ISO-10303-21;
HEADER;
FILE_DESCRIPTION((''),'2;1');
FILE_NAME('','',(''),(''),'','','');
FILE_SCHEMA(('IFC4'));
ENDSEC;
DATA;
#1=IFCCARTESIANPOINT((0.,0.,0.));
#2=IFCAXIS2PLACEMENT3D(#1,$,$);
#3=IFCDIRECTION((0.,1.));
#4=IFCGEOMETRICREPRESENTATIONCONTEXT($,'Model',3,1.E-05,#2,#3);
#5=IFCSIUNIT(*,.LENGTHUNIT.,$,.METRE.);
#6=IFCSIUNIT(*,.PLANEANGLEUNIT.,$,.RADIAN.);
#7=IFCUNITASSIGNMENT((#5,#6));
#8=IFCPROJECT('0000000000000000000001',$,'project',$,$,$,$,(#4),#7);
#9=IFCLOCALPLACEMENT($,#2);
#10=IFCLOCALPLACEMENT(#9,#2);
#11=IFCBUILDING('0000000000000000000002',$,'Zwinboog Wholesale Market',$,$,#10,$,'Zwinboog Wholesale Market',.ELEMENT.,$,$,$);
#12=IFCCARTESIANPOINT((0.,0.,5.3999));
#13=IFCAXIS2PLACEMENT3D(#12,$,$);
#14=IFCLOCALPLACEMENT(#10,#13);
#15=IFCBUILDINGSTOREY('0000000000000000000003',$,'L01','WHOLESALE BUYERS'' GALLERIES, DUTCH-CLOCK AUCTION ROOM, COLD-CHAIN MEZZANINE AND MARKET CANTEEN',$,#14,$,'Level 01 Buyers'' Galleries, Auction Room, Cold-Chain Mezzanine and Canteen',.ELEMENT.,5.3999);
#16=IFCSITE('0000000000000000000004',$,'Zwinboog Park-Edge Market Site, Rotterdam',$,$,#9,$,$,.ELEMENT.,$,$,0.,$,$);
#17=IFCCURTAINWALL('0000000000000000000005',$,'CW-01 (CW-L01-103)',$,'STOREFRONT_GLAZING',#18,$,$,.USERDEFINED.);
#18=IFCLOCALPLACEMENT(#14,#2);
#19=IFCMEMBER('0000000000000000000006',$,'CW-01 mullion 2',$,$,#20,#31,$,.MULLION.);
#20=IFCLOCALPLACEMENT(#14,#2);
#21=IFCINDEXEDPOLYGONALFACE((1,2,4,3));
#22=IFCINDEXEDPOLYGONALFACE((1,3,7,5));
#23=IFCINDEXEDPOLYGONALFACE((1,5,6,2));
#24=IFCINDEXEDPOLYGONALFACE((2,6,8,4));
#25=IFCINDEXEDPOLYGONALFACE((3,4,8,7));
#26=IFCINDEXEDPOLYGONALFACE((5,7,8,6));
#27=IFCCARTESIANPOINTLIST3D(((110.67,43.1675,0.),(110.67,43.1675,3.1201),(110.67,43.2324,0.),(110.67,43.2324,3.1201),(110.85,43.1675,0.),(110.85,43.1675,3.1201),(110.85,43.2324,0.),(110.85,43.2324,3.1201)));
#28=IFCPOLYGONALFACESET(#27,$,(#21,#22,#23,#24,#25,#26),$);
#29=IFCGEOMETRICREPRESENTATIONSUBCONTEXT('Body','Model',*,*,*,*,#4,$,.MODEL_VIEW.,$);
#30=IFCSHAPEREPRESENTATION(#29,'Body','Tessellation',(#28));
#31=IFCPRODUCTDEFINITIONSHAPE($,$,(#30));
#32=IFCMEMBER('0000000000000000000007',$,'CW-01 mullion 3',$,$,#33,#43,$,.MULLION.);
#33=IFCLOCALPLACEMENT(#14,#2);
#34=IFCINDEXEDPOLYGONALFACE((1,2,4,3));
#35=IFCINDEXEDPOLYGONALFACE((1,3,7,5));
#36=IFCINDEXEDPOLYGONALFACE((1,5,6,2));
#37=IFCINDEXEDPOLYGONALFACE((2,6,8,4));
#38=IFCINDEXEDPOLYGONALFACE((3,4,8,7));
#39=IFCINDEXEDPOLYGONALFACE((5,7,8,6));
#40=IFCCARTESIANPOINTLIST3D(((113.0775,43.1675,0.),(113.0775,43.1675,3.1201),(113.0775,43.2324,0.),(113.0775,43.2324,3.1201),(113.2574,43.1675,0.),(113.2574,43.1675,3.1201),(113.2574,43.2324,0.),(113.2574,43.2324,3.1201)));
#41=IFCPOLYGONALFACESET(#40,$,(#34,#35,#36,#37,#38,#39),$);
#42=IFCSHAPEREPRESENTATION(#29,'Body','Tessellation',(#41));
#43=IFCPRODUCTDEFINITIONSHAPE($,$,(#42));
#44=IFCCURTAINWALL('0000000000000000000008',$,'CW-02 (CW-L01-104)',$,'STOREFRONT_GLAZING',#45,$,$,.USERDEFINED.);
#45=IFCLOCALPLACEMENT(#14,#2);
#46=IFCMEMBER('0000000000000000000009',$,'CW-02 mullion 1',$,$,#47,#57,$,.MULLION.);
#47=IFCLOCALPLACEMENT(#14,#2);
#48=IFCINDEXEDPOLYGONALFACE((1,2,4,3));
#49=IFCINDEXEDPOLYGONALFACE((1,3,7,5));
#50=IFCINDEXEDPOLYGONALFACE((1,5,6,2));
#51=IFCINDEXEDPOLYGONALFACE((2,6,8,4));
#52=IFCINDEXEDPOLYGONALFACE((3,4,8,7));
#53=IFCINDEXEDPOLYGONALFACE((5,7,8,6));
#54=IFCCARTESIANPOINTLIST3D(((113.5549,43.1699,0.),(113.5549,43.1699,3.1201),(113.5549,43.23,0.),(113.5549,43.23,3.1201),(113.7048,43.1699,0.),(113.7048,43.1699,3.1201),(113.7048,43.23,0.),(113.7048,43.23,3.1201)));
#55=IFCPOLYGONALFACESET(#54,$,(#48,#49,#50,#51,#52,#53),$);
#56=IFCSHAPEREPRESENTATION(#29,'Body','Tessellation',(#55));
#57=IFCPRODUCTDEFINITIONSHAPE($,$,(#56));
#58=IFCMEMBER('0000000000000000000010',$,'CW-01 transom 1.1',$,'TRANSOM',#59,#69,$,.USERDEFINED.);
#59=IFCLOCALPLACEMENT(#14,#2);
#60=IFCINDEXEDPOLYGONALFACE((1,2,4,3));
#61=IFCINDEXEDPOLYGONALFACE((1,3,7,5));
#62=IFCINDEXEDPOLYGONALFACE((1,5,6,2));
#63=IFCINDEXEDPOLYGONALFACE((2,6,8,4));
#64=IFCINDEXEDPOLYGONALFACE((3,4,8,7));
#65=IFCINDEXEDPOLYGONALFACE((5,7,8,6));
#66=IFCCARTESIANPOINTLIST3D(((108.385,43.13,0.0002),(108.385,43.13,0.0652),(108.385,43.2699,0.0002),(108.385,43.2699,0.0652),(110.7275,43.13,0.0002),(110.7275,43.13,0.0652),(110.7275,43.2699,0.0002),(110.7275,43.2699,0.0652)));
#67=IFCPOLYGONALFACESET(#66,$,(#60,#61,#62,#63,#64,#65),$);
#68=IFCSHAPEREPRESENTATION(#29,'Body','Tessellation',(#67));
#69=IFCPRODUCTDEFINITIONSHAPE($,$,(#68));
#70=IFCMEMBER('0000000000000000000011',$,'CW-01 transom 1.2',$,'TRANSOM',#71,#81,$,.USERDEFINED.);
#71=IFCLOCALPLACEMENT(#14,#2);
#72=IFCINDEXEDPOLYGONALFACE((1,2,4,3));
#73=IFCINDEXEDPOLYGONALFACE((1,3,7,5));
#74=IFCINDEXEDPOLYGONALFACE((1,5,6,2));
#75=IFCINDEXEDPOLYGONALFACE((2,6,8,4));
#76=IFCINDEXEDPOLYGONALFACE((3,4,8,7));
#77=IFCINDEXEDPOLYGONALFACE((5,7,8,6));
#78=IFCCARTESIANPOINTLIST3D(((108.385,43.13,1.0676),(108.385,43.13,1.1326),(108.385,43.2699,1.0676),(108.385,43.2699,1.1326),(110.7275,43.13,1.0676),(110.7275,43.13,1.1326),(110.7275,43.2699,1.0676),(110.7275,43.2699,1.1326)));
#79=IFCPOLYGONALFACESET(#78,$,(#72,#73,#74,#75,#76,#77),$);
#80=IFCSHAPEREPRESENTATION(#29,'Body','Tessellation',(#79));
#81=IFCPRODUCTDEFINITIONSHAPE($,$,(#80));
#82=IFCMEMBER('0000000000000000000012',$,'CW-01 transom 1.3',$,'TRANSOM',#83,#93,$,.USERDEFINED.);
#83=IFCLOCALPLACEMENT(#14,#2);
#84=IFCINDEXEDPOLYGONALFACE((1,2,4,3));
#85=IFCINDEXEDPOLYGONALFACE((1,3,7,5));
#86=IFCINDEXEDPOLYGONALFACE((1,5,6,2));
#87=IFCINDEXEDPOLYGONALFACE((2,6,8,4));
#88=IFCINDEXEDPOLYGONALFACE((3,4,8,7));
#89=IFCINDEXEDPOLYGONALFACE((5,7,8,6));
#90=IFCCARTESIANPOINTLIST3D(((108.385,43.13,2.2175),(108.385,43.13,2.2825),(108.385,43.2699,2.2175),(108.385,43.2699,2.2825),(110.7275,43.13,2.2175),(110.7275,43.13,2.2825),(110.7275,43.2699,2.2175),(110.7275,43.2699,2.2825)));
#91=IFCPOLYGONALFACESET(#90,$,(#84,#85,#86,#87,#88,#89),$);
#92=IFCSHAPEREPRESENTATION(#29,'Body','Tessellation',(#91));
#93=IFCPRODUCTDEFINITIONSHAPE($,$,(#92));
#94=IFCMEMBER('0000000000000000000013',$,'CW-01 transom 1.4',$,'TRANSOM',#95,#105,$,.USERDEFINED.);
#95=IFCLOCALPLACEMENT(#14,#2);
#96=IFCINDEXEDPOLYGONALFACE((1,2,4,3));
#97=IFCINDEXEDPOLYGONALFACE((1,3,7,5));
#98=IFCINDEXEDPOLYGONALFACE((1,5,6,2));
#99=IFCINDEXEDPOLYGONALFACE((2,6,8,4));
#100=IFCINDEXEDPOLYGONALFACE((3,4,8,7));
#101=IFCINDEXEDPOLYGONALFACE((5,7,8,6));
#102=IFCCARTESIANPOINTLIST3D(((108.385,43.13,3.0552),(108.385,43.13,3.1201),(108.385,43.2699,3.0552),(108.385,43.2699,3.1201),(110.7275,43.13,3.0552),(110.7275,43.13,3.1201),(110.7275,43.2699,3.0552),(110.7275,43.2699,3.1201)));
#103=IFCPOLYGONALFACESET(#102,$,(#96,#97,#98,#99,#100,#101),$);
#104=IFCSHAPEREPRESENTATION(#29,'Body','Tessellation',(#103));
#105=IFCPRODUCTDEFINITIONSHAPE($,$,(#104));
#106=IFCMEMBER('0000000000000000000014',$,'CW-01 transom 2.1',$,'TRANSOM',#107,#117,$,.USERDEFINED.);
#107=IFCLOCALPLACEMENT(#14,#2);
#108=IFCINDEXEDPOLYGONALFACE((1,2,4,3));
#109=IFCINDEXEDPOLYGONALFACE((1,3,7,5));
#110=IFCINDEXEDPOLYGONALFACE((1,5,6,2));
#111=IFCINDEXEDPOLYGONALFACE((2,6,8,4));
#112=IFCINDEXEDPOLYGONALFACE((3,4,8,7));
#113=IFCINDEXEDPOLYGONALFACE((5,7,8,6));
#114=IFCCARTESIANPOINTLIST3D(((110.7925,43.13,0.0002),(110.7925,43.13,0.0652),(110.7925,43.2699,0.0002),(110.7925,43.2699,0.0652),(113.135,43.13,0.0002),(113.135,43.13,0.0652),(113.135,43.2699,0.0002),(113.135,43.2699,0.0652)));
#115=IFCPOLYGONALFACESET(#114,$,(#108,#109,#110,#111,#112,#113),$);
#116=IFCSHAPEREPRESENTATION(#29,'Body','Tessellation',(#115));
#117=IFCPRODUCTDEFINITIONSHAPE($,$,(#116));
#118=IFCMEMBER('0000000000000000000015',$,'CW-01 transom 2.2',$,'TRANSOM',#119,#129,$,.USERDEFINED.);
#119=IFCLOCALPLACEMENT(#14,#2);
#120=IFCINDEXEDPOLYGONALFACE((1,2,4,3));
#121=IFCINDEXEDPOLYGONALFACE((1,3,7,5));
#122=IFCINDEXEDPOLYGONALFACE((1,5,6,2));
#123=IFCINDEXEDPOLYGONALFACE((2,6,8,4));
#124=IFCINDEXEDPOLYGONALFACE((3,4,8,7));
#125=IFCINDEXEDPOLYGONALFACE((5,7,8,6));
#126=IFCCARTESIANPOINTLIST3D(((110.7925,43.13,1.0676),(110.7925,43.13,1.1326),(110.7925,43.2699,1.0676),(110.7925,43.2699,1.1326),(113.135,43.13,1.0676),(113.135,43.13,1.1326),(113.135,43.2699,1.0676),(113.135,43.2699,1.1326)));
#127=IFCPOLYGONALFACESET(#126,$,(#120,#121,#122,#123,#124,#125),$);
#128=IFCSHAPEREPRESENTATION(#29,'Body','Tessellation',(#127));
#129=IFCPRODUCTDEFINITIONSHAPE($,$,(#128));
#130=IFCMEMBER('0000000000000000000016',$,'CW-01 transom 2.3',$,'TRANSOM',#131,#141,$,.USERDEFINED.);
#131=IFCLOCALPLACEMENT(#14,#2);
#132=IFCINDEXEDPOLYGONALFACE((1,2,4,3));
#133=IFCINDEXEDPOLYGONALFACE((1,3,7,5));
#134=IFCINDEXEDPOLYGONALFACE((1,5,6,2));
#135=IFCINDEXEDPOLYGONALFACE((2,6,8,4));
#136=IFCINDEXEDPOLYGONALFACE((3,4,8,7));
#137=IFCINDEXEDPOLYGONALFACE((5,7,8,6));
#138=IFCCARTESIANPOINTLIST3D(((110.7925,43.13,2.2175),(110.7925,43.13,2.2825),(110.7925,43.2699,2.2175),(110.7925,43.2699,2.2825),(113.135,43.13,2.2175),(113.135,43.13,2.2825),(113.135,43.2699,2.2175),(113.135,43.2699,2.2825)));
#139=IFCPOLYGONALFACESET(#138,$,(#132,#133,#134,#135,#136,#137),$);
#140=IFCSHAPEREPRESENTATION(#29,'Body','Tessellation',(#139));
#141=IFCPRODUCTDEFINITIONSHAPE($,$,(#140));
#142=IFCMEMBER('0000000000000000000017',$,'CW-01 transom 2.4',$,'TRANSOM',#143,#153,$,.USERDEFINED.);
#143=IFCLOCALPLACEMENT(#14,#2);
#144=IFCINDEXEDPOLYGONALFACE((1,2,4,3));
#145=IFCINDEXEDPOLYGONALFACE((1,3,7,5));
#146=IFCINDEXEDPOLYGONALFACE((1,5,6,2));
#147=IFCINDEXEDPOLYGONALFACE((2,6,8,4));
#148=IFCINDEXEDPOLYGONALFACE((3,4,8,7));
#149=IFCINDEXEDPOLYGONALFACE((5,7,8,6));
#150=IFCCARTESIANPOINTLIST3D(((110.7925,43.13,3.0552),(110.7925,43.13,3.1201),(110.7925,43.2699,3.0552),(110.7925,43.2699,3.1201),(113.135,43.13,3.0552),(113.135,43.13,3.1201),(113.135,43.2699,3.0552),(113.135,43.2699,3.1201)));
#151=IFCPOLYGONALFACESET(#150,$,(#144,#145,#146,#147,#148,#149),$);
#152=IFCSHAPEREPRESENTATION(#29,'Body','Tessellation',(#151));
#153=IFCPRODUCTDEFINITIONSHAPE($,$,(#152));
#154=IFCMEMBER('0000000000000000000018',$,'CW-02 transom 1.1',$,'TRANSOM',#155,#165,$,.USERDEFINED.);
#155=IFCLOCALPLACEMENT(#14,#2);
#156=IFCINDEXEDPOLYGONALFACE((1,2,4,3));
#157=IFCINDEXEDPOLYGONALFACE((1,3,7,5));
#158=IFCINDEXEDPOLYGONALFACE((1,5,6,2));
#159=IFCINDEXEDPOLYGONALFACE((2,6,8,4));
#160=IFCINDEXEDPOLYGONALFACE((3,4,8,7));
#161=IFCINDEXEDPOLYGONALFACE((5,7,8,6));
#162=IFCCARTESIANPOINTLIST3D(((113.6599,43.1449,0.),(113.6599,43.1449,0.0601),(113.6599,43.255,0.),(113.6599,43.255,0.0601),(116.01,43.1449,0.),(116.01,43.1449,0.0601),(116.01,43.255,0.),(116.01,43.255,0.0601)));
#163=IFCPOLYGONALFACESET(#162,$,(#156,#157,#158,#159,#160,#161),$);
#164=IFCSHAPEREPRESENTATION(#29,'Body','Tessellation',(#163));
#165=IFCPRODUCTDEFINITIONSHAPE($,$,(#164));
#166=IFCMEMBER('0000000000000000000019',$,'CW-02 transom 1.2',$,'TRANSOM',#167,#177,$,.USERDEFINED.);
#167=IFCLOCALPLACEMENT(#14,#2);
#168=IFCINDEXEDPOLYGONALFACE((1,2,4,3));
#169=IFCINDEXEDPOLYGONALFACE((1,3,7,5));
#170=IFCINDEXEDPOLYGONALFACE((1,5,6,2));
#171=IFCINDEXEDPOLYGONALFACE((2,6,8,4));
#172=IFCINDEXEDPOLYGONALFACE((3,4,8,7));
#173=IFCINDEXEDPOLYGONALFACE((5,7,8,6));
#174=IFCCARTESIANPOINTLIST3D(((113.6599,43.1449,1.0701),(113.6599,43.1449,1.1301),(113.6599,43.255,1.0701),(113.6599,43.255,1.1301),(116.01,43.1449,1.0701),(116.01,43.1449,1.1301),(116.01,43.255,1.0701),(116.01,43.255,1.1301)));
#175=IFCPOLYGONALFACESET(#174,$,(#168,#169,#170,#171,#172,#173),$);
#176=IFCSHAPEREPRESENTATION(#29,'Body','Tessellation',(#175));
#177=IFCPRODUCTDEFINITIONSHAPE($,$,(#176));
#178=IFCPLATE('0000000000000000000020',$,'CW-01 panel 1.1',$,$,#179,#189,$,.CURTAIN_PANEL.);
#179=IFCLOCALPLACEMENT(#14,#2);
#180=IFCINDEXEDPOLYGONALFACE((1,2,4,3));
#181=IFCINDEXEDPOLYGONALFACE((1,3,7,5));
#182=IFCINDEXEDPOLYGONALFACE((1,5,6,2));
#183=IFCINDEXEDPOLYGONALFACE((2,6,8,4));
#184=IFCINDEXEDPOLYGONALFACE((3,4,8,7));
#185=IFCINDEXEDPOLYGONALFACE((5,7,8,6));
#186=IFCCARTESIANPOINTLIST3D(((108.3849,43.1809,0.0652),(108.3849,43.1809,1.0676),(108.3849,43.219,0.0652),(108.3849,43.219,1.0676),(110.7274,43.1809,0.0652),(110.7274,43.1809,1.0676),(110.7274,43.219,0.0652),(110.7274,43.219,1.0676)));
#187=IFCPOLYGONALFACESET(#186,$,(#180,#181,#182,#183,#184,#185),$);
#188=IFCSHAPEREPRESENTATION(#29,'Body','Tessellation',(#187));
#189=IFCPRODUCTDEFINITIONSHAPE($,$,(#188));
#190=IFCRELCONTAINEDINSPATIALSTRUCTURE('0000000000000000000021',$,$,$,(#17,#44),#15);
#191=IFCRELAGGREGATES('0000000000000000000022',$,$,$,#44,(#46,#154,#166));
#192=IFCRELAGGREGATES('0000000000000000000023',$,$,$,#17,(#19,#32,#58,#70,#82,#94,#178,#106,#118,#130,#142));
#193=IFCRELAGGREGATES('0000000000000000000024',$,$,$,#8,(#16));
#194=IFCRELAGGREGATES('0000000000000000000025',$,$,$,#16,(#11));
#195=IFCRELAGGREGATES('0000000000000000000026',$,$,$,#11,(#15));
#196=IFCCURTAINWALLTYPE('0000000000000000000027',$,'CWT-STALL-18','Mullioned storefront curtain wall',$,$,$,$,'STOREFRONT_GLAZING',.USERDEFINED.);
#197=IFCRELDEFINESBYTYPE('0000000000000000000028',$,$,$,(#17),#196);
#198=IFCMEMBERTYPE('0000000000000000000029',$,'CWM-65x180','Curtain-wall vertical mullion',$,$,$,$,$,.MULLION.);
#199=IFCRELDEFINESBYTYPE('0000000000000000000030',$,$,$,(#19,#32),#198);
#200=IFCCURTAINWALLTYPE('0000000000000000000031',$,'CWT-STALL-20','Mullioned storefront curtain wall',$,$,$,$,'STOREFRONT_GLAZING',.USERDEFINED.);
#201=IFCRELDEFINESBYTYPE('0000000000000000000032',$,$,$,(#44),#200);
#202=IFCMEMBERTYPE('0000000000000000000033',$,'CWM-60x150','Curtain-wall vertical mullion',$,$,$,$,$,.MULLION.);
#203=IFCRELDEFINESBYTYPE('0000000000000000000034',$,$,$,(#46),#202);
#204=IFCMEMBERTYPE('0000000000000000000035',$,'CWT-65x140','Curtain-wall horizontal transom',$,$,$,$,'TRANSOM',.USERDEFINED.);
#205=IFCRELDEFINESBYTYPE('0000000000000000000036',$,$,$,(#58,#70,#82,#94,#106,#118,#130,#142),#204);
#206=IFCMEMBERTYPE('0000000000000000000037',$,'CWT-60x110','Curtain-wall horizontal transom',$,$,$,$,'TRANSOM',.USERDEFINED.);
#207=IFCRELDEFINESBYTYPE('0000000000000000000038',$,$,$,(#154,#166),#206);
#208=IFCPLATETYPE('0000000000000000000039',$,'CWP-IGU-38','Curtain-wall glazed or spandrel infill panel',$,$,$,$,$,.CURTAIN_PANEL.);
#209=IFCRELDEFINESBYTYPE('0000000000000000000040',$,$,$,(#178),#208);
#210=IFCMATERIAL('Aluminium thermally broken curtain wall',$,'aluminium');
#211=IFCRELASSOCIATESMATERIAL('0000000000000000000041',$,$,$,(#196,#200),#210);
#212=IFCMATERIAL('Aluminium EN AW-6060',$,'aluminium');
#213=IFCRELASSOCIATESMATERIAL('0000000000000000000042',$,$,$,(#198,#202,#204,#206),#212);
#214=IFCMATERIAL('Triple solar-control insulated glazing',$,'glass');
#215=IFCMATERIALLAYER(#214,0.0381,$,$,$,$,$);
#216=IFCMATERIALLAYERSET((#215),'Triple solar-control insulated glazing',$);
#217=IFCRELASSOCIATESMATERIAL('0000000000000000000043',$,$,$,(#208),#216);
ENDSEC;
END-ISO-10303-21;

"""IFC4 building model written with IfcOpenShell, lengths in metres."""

from ifc_helpers import new_model, si_unit, direction, frame, origin, origin_2d, place, context, subcontext, project, spatial, rectangle, extrude, material, layer, layer_set, material_profile, profile_set, type_object, element, aggregate, save


model = new_model("IFC4")

# Units and contexts
model_context = context("Model", 3, precision=1e-05, world=origin(), true_north=direction((0.0, 1.0)))
body_context = subcontext(model_context, "Body", "Model", "MODEL_VIEW")
ifc_project = project(units=[si_unit("LENGTHUNIT", "METRE"), si_unit("PLANEANGLEUNIT", "RADIAN")], contexts=[model_context])

# Site, building, storey
site_placement = place(None, origin())
site = spatial("IfcSite", under=ifc_project, at=site_placement, Name="Zwinboog Park-Edge Market Site, Rotterdam", CompositionType="ELEMENT", RefElevation=0.0)
building_placement = place(site_placement, origin())
building = spatial("IfcBuilding", under=site, at=building_placement, Name="Zwinboog Wholesale Market", LongName="Zwinboog Wholesale Market", CompositionType="ELEMENT")
storey_placement = place(building_placement, frame((0.0, 0.0, 5.3999)))
storey = spatial("IfcBuildingStorey", under=building, at=storey_placement, Name="L01", Description="WHOLESALE BUYERS' GALLERIES, DUTCH-CLOCK AUCTION ROOM, COLD-CHAIN MEZZANINE AND MARKET CANTEEN", LongName="Level 01 Buyers' Galleries, Auction Room, Cold-Chain Mezzanine and Canteen", CompositionType="ELEMENT", Elevation=5.3999)

# Curtain wall, members
ifc_material_1 = material(Name="Aluminium thermally broken curtain wall", Category="aluminium")
curtain_wall_type_1 = type_object("IfcCurtainWallType", Name="CWT-STALL-18", Description="Mullioned storefront curtain wall", ElementType="STOREFRONT_GLAZING", PredefinedType="USERDEFINED", material=ifc_material_1)
curtain_wall_1_placement = place(storey_placement, origin())
curtain_wall_1 = element("IfcCurtainWall", 1, at=curtain_wall_1_placement, inside=storey, type_object=curtain_wall_type_1, Name="CW-01 (CW-L01-103)", ObjectType="STOREFRONT_GLAZING", PredefinedType="USERDEFINED")
ifc_material_2 = material(Name="Aluminium EN AW-6060", Category="aluminium")
ifc_material_profile_1 = material_profile(ifc_material_2, rectangle(XDim=0.0649, YDim=0.1799, at=origin_2d()), Name="AL 65x180")
ifc_profile_set_1 = profile_set([ifc_material_profile_1], Name="Aluminium EN AW-6060")
member_type_1 = type_object("IfcMemberType", Name="CWM-65x180", Description="Curtain-wall vertical mullion", PredefinedType="MULLION", material=ifc_profile_set_1)
member_1_placement = place(storey_placement, frame((110.76, 43.2, 0.0), z_axis=(0.0, 0.0, 1.0), x_axis=(0.0, 1.0, 0.0)))
member_1 = element("IfcMember", 2, at=member_1_placement, type_object=member_type_1, Name="CW-01 mullion 2", PredefinedType="MULLION", context=body_context, shape_type="SweptSolid", body=[
    extrude(rectangle(XDim=0.0649, YDim=0.1799, at=origin_2d()), origin(), (0.0, 0.0, 1.0), 3.1201),
])
member_2_placement = place(storey_placement, frame((113.1675, 43.2, 0.0), z_axis=(0.0, 0.0, 1.0), x_axis=(0.0, 1.0, 0.0)))
member_2 = element("IfcMember", 3, at=member_2_placement, type_object=member_type_1, Name="CW-01 mullion 3", PredefinedType="MULLION", context=body_context, shape_type="SweptSolid", body=[
    extrude(rectangle(XDim=0.0649, YDim=0.1799, at=origin_2d()), origin(), (0.0, 0.0, 1.0), 3.1201),
])

# Curtain wall, member
curtain_wall_type_2 = type_object("IfcCurtainWallType", Name="CWT-STALL-20", Description="Mullioned storefront curtain wall", ElementType="STOREFRONT_GLAZING", PredefinedType="USERDEFINED", material=ifc_material_1)
curtain_wall_2_placement = place(storey_placement, origin())
curtain_wall_2 = element("IfcCurtainWall", 4, at=curtain_wall_2_placement, inside=storey, type_object=curtain_wall_type_2, Name="CW-02 (CW-L01-104)", ObjectType="STOREFRONT_GLAZING", PredefinedType="USERDEFINED")
ifc_material_profile_2 = material_profile(ifc_material_2, rectangle(XDim=0.0601, YDim=0.1499, at=origin_2d()), Name="AL 60x150")
ifc_profile_set_2 = profile_set([ifc_material_profile_2], Name="Aluminium EN AW-6060")
member_type_2 = type_object("IfcMemberType", Name="CWM-60x150", Description="Curtain-wall vertical mullion", PredefinedType="MULLION", material=ifc_profile_set_2)
member_3_placement = place(storey_placement, frame((113.6299, 43.2, 0.0), z_axis=(0.0, 0.0, 1.0), x_axis=(0.0, 1.0, 0.0)))
member_3 = element("IfcMember", 5, at=member_3_placement, type_object=member_type_2, Name="CW-02 mullion 1", PredefinedType="MULLION", context=body_context, shape_type="SweptSolid", body=[
    extrude(rectangle(XDim=0.0601, YDim=0.1499, at=origin_2d()), origin(), (0.0, 0.0, 1.0), 3.1201),
])

# Members
ifc_material_profile_3 = material_profile(ifc_material_2, rectangle(XDim=0.1399, YDim=0.0649, at=origin_2d()), Name="AL 65x140")
ifc_profile_set_3 = profile_set([ifc_material_profile_3], Name="Aluminium EN AW-6060")
member_type_3 = type_object("IfcMemberType", Name="CWT-65x140", Description="Curtain-wall horizontal transom", ElementType="TRANSOM", PredefinedType="USERDEFINED", material=ifc_profile_set_3)
member_4_placement = place(storey_placement, frame((108.385, 43.2, 0.0327), z_axis=(1.0, 0.0, 0.0), x_axis=(0.0, 1.0, 0.0)))
member_4 = element("IfcMember", 6, at=member_4_placement, type_object=member_type_3, Name="CW-01 transom 1.1", ObjectType="TRANSOM", PredefinedType="USERDEFINED", context=body_context, shape_type="SweptSolid", body=[
    extrude(rectangle(XDim=0.1399, YDim=0.0649, at=origin_2d()), origin(), (0.0, 0.0, 1.0), 2.3425),
])
member_5_placement = place(storey_placement, frame((108.385, 43.2, 1.1001), z_axis=(1.0, 0.0, 0.0), x_axis=(0.0, 1.0, 0.0)))
member_5 = element("IfcMember", 7, at=member_5_placement, type_object=member_type_3, Name="CW-01 transom 1.2", ObjectType="TRANSOM", PredefinedType="USERDEFINED", context=body_context, shape_type="SweptSolid", body=[
    extrude(rectangle(XDim=0.1399, YDim=0.0649, at=origin_2d()), origin(), (0.0, 0.0, 1.0), 2.3425),
])
member_6_placement = place(storey_placement, frame((108.385, 43.2, 2.25), z_axis=(1.0, 0.0, 0.0), x_axis=(0.0, 1.0, 0.0)))
member_6 = element("IfcMember", 8, at=member_6_placement, type_object=member_type_3, Name="CW-01 transom 1.3", ObjectType="TRANSOM", PredefinedType="USERDEFINED", context=body_context, shape_type="SweptSolid", body=[
    extrude(rectangle(XDim=0.1399, YDim=0.0649, at=origin_2d()), origin(), (0.0, 0.0, 1.0), 2.3425),
])
member_7_placement = place(storey_placement, frame((108.385, 43.2, 3.0876), z_axis=(1.0, 0.0, 0.0), x_axis=(0.0, 1.0, 0.0)))
member_7 = element("IfcMember", 9, at=member_7_placement, type_object=member_type_3, Name="CW-01 transom 1.4", ObjectType="TRANSOM", PredefinedType="USERDEFINED", context=body_context, shape_type="SweptSolid", body=[
    extrude(rectangle(XDim=0.1399, YDim=0.0649, at=origin_2d()), origin(), (0.0, 0.0, 1.0), 2.3425),
])
member_8_placement = place(storey_placement, frame((110.7925, 43.2, 0.0327), z_axis=(1.0, 0.0, 0.0), x_axis=(0.0, 1.0, 0.0)))
member_8 = element("IfcMember", 10, at=member_8_placement, type_object=member_type_3, Name="CW-01 transom 2.1", ObjectType="TRANSOM", PredefinedType="USERDEFINED", context=body_context, shape_type="SweptSolid", body=[
    extrude(rectangle(XDim=0.1399, YDim=0.0649, at=origin_2d()), origin(), (0.0, 0.0, 1.0), 2.3425),
])
member_9_placement = place(storey_placement, frame((110.7925, 43.2, 1.1001), z_axis=(1.0, 0.0, 0.0), x_axis=(0.0, 1.0, 0.0)))
member_9 = element("IfcMember", 11, at=member_9_placement, type_object=member_type_3, Name="CW-01 transom 2.2", ObjectType="TRANSOM", PredefinedType="USERDEFINED", context=body_context, shape_type="SweptSolid", body=[
    extrude(rectangle(XDim=0.1399, YDim=0.0649, at=origin_2d()), origin(), (0.0, 0.0, 1.0), 2.3425),
])
member_10_placement = place(storey_placement, frame((110.7925, 43.2, 2.25), z_axis=(1.0, 0.0, 0.0), x_axis=(0.0, 1.0, 0.0)))
member_10 = element("IfcMember", 12, at=member_10_placement, type_object=member_type_3, Name="CW-01 transom 2.3", ObjectType="TRANSOM", PredefinedType="USERDEFINED", context=body_context, shape_type="SweptSolid", body=[
    extrude(rectangle(XDim=0.1399, YDim=0.0649, at=origin_2d()), origin(), (0.0, 0.0, 1.0), 2.3425),
])
member_11_placement = place(storey_placement, frame((110.7925, 43.2, 3.0876), z_axis=(1.0, 0.0, 0.0), x_axis=(0.0, 1.0, 0.0)))
member_11 = element("IfcMember", 13, at=member_11_placement, type_object=member_type_3, Name="CW-01 transom 2.4", ObjectType="TRANSOM", PredefinedType="USERDEFINED", context=body_context, shape_type="SweptSolid", body=[
    extrude(rectangle(XDim=0.1399, YDim=0.0649, at=origin_2d()), origin(), (0.0, 0.0, 1.0), 2.3425),
])
ifc_material_profile_4 = material_profile(ifc_material_2, rectangle(XDim=0.1101, YDim=0.0601, at=origin_2d()), Name="AL 60x110")
ifc_profile_set_4 = profile_set([ifc_material_profile_4], Name="Aluminium EN AW-6060")
member_type_4 = type_object("IfcMemberType", Name="CWT-60x110", Description="Curtain-wall horizontal transom", ElementType="TRANSOM", PredefinedType="USERDEFINED", material=ifc_profile_set_4)
member_12_placement = place(storey_placement, frame((113.6599, 43.2, 0.03), z_axis=(1.0, 0.0, 0.0), x_axis=(0.0, 1.0, 0.0)))
member_12 = element("IfcMember", 14, at=member_12_placement, type_object=member_type_4, Name="CW-02 transom 1.1", ObjectType="TRANSOM", PredefinedType="USERDEFINED", context=body_context, shape_type="SweptSolid", body=[
    extrude(rectangle(XDim=0.1101, YDim=0.0601, at=origin_2d()), origin(), (0.0, 0.0, 1.0), 2.3501),
])
member_13_placement = place(storey_placement, frame((113.6599, 43.2, 1.1001), z_axis=(1.0, 0.0, 0.0), x_axis=(0.0, 1.0, 0.0)))
member_13 = element("IfcMember", 15, at=member_13_placement, type_object=member_type_4, Name="CW-02 transom 1.2", ObjectType="TRANSOM", PredefinedType="USERDEFINED", context=body_context, shape_type="SweptSolid", body=[
    extrude(rectangle(XDim=0.1101, YDim=0.0601, at=origin_2d()), origin(), (0.0, 0.0, 1.0), 2.3501),
])
aggregate(curtain_wall_2, [member_3, member_12, member_13])

# Plate
ifc_material_3 = material(Name="Triple solar-control insulated glazing", Category="glass")
ifc_layer_1 = layer(ifc_material_3, 0.0381)
ifc_layer_set_1 = layer_set([ifc_layer_1], Name="Triple solar-control insulated glazing")
plate_type = type_object("IfcPlateType", Name="CWP-IGU-38", Description="Curtain-wall glazed or spandrel infill panel", PredefinedType="CURTAIN_PANEL", material=ifc_layer_set_1)
plate_1_placement = place(storey_placement, frame((109.5562, 43.2, 0.0652), z_axis=(0.0, 0.0, 1.0), x_axis=(1.0, 0.0, 0.0)))
plate_1 = element("IfcPlate", 16, at=plate_1_placement, type_object=plate_type, Name="CW-01 panel 1.1", PredefinedType="CURTAIN_PANEL", context=body_context, shape_type="SweptSolid", body=[
    extrude(rectangle(XDim=2.3425, YDim=0.0381, at=origin_2d()), origin(), (0.0, 0.0, 1.0), 1.0024),
])
aggregate(curtain_wall_1, [member_1, member_2, member_4, member_5, member_6, member_7, plate_1, member_8, member_9, member_10, member_11])

save(model, "model.ifc")
